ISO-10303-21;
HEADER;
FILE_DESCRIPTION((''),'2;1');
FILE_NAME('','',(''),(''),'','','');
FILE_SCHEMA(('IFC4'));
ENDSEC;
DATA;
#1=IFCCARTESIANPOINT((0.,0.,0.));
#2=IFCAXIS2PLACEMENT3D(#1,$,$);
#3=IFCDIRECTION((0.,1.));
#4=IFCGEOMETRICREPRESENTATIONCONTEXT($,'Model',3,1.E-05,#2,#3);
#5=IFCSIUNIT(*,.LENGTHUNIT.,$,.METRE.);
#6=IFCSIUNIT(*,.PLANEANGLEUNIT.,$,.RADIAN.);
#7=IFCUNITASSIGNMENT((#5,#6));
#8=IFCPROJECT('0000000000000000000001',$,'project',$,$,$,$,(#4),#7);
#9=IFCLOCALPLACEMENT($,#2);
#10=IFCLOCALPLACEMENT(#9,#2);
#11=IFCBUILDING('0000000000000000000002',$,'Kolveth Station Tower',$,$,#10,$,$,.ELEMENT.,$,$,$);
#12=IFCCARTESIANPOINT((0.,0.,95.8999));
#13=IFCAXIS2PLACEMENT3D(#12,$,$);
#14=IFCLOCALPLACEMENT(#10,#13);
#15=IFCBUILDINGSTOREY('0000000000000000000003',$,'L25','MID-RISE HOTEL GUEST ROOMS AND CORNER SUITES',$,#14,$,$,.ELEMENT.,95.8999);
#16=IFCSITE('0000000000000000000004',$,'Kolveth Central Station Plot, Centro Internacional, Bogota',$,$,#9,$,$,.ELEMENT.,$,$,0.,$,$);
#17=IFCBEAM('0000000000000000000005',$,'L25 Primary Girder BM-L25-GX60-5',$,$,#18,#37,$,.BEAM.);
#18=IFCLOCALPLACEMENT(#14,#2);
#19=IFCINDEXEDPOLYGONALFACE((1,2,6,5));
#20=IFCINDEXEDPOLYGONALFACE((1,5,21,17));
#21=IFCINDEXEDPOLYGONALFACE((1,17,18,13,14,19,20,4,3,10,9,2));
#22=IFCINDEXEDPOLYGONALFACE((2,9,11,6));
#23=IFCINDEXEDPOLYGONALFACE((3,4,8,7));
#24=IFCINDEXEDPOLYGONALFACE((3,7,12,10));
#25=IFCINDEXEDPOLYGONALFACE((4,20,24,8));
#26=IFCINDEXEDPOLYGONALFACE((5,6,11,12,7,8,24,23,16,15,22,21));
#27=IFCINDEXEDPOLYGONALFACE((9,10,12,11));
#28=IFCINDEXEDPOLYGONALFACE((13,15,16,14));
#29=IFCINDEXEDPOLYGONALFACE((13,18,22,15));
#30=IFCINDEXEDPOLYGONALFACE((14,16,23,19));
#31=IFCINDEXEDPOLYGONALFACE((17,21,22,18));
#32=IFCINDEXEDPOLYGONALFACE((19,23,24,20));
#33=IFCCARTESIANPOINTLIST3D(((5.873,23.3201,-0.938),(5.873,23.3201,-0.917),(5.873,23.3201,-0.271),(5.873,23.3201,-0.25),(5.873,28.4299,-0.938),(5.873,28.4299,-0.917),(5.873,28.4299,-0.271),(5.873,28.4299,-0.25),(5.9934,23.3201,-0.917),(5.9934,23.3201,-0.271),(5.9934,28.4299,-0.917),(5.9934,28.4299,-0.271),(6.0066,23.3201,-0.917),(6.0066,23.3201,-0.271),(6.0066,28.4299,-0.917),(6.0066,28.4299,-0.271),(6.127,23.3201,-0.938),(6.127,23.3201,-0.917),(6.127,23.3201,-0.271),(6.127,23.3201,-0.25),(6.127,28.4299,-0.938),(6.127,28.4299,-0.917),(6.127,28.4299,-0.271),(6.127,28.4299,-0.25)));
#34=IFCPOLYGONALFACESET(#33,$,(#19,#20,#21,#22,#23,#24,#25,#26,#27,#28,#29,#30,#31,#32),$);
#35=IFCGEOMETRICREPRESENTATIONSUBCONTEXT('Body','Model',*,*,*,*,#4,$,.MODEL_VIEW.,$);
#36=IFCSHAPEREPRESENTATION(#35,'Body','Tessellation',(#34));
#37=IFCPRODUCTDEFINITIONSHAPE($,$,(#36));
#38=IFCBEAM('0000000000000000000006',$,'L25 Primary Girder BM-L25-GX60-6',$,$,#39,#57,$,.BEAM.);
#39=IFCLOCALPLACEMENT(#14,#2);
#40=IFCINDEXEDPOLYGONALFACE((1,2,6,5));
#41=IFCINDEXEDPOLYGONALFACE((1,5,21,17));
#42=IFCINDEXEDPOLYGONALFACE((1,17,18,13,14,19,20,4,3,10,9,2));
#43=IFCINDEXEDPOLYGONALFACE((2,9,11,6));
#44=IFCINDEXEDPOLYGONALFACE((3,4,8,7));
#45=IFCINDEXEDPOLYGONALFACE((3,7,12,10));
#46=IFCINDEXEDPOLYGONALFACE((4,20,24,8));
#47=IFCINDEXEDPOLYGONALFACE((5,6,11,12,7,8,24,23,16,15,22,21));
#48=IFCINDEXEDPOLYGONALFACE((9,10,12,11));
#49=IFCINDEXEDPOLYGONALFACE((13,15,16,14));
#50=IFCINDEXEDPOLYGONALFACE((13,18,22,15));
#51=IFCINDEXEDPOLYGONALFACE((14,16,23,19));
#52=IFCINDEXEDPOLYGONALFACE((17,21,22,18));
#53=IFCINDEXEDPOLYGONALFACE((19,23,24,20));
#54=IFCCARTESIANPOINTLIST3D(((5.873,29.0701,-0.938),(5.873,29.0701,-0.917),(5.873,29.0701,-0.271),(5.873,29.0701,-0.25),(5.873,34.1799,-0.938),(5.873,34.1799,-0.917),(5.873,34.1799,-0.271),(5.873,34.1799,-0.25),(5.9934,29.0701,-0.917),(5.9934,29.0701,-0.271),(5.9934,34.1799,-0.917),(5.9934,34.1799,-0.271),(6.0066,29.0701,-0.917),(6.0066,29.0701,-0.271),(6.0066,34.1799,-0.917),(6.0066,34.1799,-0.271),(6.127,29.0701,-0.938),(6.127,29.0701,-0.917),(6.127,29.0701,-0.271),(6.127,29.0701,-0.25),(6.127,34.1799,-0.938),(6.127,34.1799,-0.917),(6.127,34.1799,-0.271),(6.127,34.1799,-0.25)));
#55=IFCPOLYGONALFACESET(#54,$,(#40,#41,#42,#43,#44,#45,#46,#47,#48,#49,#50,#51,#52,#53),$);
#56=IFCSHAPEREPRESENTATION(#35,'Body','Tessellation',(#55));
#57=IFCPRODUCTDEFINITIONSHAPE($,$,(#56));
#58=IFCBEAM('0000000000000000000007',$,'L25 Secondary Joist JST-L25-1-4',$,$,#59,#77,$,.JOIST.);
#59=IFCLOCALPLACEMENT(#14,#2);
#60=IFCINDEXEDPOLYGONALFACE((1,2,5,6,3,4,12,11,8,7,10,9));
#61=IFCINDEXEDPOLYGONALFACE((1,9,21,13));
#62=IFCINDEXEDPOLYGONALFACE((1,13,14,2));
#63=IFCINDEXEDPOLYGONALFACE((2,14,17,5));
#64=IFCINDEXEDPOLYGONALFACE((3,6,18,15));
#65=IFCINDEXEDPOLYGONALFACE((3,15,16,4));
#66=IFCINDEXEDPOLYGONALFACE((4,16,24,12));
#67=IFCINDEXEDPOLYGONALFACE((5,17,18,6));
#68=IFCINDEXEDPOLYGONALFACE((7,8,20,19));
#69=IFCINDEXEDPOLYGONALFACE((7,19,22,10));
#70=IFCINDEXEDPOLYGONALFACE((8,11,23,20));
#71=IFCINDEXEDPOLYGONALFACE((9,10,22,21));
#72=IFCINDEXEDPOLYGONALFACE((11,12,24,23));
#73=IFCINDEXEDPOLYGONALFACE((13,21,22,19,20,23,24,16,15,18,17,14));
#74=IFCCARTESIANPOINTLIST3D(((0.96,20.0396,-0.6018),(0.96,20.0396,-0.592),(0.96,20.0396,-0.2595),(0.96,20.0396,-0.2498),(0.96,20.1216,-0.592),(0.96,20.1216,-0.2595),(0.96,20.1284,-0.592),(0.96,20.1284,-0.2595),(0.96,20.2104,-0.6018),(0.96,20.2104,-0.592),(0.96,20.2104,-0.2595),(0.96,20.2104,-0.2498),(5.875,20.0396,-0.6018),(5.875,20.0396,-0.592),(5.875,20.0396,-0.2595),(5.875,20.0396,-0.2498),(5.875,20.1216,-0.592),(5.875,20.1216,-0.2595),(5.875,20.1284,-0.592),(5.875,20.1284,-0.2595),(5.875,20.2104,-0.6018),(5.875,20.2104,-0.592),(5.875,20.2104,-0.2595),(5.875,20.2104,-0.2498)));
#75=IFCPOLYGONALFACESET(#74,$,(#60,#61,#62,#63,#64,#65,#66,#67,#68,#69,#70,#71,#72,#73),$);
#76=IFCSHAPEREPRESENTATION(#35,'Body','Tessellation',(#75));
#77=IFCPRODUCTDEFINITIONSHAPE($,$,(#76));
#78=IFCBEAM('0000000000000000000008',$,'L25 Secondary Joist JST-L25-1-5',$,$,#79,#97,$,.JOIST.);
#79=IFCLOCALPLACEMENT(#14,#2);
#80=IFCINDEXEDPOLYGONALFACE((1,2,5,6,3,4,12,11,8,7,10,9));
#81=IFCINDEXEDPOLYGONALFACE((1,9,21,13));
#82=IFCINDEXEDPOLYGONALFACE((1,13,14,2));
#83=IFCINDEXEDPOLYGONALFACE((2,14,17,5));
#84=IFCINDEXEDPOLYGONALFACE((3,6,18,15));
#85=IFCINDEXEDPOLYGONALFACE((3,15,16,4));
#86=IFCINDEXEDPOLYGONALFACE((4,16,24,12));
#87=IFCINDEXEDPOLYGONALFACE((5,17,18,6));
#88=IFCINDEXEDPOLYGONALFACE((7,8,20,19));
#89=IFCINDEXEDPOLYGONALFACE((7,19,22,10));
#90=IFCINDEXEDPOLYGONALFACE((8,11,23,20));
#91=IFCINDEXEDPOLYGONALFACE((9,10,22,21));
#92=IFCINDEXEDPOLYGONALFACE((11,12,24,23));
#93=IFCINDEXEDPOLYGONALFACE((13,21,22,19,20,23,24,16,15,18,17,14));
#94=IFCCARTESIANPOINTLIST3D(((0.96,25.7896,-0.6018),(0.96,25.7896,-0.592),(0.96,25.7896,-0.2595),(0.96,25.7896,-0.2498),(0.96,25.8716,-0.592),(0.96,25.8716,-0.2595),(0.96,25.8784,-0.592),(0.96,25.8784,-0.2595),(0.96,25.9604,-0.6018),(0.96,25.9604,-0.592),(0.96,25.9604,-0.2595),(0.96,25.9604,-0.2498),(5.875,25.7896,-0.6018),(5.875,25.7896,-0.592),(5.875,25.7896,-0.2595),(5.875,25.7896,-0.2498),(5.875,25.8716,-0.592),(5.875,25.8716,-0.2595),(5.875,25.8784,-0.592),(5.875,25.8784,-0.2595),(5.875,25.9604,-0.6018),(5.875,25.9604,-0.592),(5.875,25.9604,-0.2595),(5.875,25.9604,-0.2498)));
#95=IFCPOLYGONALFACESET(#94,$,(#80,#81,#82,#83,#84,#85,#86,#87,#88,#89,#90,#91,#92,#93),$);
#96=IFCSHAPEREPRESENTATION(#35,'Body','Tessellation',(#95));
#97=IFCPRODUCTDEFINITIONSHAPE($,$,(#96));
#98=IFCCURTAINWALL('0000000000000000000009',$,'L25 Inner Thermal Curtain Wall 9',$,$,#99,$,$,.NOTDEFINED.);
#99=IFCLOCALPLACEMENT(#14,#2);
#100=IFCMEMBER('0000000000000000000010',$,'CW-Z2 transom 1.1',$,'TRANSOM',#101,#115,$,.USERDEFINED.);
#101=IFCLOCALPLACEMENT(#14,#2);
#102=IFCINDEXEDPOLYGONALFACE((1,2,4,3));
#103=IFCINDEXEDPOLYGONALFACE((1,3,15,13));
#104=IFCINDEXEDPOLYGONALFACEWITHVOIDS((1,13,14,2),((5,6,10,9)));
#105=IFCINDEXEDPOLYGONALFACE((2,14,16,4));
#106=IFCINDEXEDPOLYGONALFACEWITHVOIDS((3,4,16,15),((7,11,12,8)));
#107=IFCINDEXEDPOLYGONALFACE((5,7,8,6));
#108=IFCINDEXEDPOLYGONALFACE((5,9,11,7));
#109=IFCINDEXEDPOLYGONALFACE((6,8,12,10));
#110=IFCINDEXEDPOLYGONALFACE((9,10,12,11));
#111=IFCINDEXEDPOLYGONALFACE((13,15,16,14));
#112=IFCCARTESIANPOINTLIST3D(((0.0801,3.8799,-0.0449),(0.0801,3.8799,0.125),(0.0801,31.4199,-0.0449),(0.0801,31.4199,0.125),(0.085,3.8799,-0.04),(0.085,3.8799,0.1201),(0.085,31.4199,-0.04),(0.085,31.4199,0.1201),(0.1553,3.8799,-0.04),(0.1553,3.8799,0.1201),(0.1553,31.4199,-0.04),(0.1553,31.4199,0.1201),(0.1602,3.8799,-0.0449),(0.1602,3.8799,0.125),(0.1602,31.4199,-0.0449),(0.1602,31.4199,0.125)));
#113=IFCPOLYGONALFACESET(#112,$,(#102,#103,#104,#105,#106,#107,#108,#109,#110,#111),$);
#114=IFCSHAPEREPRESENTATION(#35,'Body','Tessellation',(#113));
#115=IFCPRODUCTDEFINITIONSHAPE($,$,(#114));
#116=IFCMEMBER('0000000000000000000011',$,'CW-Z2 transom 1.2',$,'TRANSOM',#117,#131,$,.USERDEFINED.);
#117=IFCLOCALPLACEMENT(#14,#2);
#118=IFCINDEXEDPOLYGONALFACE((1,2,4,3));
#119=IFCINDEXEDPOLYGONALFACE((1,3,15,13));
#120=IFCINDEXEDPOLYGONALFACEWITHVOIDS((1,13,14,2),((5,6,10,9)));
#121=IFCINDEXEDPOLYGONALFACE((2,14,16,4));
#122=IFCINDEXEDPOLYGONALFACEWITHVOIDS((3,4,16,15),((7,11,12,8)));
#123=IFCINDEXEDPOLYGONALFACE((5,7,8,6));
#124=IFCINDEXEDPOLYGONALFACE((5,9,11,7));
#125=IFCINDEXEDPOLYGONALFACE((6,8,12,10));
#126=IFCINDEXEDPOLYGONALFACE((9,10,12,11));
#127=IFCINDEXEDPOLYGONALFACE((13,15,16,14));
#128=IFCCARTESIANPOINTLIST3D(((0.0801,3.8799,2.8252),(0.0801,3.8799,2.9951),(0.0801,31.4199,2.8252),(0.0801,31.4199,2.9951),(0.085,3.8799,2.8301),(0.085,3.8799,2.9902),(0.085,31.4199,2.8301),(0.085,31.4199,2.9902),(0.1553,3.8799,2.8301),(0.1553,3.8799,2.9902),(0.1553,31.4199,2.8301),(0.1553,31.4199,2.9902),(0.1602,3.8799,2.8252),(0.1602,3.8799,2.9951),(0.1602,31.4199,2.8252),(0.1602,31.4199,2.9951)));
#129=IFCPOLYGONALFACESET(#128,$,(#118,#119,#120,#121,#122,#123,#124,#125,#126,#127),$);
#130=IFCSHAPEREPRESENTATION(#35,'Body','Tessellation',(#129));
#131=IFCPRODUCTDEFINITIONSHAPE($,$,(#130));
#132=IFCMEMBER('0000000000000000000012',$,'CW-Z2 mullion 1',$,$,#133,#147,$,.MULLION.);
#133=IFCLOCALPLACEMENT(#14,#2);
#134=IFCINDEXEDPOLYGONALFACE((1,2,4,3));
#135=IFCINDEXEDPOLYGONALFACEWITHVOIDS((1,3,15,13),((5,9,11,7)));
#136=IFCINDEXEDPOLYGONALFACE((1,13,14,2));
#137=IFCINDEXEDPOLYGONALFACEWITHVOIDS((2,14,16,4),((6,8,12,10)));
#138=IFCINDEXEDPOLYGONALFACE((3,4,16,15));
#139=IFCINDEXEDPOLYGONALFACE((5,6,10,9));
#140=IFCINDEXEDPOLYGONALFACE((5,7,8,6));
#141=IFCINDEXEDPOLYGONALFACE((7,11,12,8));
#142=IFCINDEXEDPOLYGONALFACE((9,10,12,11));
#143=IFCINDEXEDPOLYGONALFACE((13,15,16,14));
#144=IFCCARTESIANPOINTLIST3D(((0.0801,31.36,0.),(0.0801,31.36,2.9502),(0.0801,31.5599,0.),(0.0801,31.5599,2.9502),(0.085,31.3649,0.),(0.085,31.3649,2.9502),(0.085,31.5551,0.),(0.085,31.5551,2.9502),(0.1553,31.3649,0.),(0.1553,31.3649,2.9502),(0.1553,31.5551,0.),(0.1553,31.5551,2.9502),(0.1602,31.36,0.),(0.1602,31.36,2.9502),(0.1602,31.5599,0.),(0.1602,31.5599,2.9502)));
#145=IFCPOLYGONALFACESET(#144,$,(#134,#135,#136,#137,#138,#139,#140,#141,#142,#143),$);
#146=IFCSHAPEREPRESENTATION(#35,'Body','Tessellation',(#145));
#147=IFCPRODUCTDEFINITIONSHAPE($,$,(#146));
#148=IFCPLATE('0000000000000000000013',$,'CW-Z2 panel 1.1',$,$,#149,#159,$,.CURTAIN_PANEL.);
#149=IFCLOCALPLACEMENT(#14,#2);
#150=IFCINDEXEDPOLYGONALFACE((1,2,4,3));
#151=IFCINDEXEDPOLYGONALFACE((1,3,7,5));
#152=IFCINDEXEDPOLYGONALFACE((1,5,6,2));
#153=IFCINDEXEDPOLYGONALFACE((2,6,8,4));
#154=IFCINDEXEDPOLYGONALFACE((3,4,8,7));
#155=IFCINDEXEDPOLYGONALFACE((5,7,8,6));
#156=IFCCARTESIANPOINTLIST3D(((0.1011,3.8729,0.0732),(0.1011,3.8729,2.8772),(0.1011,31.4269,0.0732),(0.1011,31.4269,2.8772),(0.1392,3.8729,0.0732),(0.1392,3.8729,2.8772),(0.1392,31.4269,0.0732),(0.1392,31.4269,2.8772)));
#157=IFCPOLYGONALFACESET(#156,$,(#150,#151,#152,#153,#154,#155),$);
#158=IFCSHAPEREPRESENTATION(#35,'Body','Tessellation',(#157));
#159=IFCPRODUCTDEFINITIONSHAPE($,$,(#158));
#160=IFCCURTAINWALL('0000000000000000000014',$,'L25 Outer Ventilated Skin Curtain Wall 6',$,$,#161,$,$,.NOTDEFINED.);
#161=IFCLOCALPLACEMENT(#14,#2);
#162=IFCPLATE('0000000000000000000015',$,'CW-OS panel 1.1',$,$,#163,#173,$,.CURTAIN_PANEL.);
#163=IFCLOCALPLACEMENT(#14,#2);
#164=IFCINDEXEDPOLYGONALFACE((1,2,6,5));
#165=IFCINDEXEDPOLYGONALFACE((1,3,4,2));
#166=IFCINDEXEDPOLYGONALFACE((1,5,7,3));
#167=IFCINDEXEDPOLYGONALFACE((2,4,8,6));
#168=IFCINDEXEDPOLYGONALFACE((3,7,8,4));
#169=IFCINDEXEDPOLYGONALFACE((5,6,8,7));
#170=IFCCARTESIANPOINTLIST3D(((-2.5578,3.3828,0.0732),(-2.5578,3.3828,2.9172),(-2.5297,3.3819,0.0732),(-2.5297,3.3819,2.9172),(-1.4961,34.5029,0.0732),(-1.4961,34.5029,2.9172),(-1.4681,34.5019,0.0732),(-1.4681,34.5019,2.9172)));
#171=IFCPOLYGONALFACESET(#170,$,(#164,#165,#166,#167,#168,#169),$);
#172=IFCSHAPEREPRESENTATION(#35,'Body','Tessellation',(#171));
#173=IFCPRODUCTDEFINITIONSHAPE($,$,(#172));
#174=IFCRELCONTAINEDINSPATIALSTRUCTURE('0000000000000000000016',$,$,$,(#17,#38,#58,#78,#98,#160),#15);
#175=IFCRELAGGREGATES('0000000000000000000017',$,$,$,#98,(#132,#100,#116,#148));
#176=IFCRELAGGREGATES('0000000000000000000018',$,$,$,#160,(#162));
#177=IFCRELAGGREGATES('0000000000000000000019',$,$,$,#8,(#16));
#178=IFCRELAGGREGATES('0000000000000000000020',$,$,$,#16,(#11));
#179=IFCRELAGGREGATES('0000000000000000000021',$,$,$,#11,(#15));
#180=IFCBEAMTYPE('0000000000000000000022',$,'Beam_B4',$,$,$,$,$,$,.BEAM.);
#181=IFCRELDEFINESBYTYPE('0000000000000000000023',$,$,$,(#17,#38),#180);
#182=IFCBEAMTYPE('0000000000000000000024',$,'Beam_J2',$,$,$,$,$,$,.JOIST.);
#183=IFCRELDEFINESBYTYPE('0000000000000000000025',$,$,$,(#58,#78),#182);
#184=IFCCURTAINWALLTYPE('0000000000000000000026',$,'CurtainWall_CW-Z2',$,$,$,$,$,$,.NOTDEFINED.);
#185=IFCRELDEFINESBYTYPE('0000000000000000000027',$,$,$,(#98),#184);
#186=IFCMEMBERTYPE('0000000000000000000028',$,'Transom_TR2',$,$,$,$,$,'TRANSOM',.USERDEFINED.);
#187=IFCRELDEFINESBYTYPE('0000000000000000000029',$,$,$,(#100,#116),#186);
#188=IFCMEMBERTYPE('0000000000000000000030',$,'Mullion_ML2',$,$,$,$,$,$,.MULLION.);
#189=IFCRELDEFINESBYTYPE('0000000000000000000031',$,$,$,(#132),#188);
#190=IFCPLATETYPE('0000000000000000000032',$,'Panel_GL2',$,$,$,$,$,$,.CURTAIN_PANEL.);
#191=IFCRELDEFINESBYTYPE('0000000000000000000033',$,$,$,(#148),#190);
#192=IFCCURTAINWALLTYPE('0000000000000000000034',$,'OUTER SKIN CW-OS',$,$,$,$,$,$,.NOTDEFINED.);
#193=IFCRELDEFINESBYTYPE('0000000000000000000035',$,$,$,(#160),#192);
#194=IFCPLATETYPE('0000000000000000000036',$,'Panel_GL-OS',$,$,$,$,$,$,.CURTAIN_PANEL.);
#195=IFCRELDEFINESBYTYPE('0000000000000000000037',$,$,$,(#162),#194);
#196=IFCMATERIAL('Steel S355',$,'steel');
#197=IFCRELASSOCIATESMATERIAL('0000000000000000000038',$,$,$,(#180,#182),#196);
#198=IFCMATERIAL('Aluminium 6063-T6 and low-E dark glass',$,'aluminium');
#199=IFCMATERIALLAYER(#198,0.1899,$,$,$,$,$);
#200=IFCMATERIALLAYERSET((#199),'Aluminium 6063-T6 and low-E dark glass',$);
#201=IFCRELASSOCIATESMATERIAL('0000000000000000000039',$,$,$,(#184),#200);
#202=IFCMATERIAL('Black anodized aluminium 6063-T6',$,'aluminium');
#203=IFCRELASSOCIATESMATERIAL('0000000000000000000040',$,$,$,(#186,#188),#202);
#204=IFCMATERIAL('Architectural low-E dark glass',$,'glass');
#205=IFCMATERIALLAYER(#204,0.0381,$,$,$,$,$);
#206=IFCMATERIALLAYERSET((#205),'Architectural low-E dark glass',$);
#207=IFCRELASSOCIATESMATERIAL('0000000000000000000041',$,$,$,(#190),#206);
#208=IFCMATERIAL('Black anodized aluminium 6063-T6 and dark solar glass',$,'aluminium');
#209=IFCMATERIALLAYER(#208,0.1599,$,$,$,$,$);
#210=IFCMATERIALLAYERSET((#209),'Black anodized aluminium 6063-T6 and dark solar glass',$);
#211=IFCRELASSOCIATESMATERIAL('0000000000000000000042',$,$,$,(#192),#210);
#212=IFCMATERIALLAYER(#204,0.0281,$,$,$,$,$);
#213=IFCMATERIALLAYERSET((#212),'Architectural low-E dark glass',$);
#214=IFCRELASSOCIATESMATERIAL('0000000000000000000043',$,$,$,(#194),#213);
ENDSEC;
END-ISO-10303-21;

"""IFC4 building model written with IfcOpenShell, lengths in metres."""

from ifc_helpers import new_model, si_unit, direction, frame, origin, origin_2d, place, context, subcontext, project, spatial, rectangle, hollow_rectangle, i_section, extrude, source, transform, mapped, material, layer, layer_set, material_profile, profile_set, type_object, element, aggregate, save


model = new_model("IFC4")

# Units and contexts
model_context = context("Model", 3, precision=1e-05, world=origin(), true_north=direction((0.0, 1.0)))
body_context = subcontext(model_context, "Body", "Model", "MODEL_VIEW")
ifc_project = project(units=[si_unit("LENGTHUNIT", "METRE"), si_unit("PLANEANGLEUNIT", "RADIAN")], contexts=[model_context])

# Site, building, storey
site_placement = place(None, origin())
site = spatial("IfcSite", under=ifc_project, at=site_placement, Name="Kolveth Central Station Plot, Centro Internacional, Bogota", CompositionType="ELEMENT", RefElevation=0.0)
building_placement = place(site_placement, origin())
building = spatial("IfcBuilding", under=site, at=building_placement, Name="Kolveth Station Tower", CompositionType="ELEMENT")
storey_placement = place(building_placement, frame((0.0, 0.0, 95.8999)))
storey = spatial("IfcBuildingStorey", under=building, at=storey_placement, Name="L25", Description="MID-RISE HOTEL GUEST ROOMS AND CORNER SUITES", CompositionType="ELEMENT", Elevation=95.8999)

# Beams
ifc_material_1 = material(Name="Steel S355", Category="steel")
ifc_material_profile_1 = material_profile(ifc_material_1, i_section(OverallWidth=0.2539, OverallDepth=0.688, WebThickness=0.0132, FlangeThickness=0.021, at=origin_2d()), Name="W690x152")
ifc_profile_set_1 = profile_set([ifc_material_profile_1], Name="Steel S355")
beam_type_1 = type_object("IfcBeamType", Name="Beam_B4", PredefinedType="BEAM", material=ifc_profile_set_1)
shared_shape_1 = source(origin(), body_context, "Body", "SweptSolid", [
    extrude(i_section(OverallWidth=0.2539, OverallDepth=0.688, WebThickness=0.0132, FlangeThickness=0.021, at=origin_2d()), origin(), (0.0, 0.0, 1.0), 5.1099),
])
for number, where, z_axis, x_axis, name in (
    (1, (6.0, 23.3201, -0.594), (0.0, 1.0, 0.0), (-1.0, 0.0, 0.0), "L25 Primary Girder BM-L25-GX60-5"),
    (2, (6.0, 29.0701, -0.594), (0.0, 1.0, 0.0), (-1.0, 0.0, 0.0), "L25 Primary Girder BM-L25-GX60-6"),
):
    element("IfcBeam", number, at=place(storey_placement, frame(where, z_axis=z_axis, x_axis=x_axis)), inside=storey, type_object=beam_type_1, Name=name, PredefinedType="BEAM", context=body_context, shape_type="MappedRepresentation", body=[
        mapped(shared_shape_1, transform((0.0, 0.0, 0.0), x_axis=(1.0, 0.0, 0.0), y_axis=(0.0, 1.0, 0.0), z_axis=(0.0, 0.0, 1.0), scale=1.0)),
    ])
ifc_material_profile_2 = material_profile(ifc_material_1, i_section(OverallWidth=0.1709, OverallDepth=0.3521, WebThickness=0.0068, FlangeThickness=0.0098, at=origin_2d()), Name="W360x44")
ifc_profile_set_2 = profile_set([ifc_material_profile_2], Name="Steel S355")
beam_type_2 = type_object("IfcBeamType", Name="Beam_J2", PredefinedType="JOIST", material=ifc_profile_set_2)
shared_shape_2 = source(origin(), body_context, "Body", "SweptSolid", [
    extrude(i_section(OverallWidth=0.1709, OverallDepth=0.3521, WebThickness=0.0068, FlangeThickness=0.0098, at=origin_2d()), origin(), (0.0, 0.0, 1.0), 4.915),
])
for number, where, z_axis, x_axis, name in (
    (3, (0.96, 20.125, -0.4258), (1.0, 0.0, 0.0), (0.0, 1.0, 0.0), "L25 Secondary Joist JST-L25-1-4"),
    (4, (0.96, 25.875, -0.4258), (1.0, 0.0, 0.0), (0.0, 1.0, 0.0), "L25 Secondary Joist JST-L25-1-5"),
):
    element("IfcBeam", number, at=place(storey_placement, frame(where, z_axis=z_axis, x_axis=x_axis)), inside=storey, type_object=beam_type_2, Name=name, PredefinedType="JOIST", context=body_context, shape_type="MappedRepresentation", body=[
        mapped(shared_shape_2, transform((0.0, 0.0, 0.0), x_axis=(1.0, 0.0, 0.0), y_axis=(0.0, 1.0, 0.0), z_axis=(0.0, 0.0, 1.0), scale=1.0)),
    ])

# Curtain wall, members, plate
ifc_material_2 = material(Name="Aluminium 6063-T6 and low-E dark glass", Category="aluminium")
ifc_layer_1 = layer(ifc_material_2, 0.1899)
ifc_layer_set_1 = layer_set([ifc_layer_1], Name="Aluminium 6063-T6 and low-E dark glass")
curtain_wall_type_1 = type_object("IfcCurtainWallType", Name="CurtainWall_CW-Z2", PredefinedType="NOTDEFINED", material=ifc_layer_set_1)
curtain_wall_1_placement = place(storey_placement, origin())
curtain_wall_1 = element("IfcCurtainWall", 5, at=curtain_wall_1_placement, inside=storey, type_object=curtain_wall_type_1, Name="L25 Inner Thermal Curtain Wall 9", PredefinedType="NOTDEFINED")
ifc_material_3 = material(Name="Black anodized aluminium 6063-T6", Category="aluminium")
ifc_material_profile_3 = material_profile(ifc_material_3, hollow_rectangle(XDim=0.0801, YDim=0.1699, WallThickness=0.0049, at=origin_2d()), Name="ALU-80x170x5")
ifc_profile_set_3 = profile_set([ifc_material_profile_3], Name="Black anodized aluminium 6063-T6")
member_type_1 = type_object("IfcMemberType", Name="Transom_TR2", ElementType="TRANSOM", PredefinedType="USERDEFINED", material=ifc_profile_set_3)
shared_shape_3 = source(origin(), body_context, "Body", "SweptSolid", [
    extrude(hollow_rectangle(XDim=0.0801, YDim=0.1699, WallThickness=0.0049, at=origin_2d()), origin(), (0.0, 0.0, 1.0), 27.54),
])
member_1_placement = place(storey_placement, frame((0.1201, 31.4199, 0.04), z_axis=(0.0, -1.0, 0.0), x_axis=(1.0, 0.0, 0.0)))
member_1 = element("IfcMember", 6, at=member_1_placement, type_object=member_type_1, Name="CW-Z2 transom 1.1", ObjectType="TRANSOM", PredefinedType="USERDEFINED", context=body_context, shape_type="MappedRepresentation", body=[
    mapped(shared_shape_3, transform((0.0, 0.0, 0.0), x_axis=(1.0, 0.0, 0.0), y_axis=(0.0, 1.0, 0.0), z_axis=(0.0, 0.0, 1.0), scale=1.0)),
])
member_2_placement = place(storey_placement, frame((0.1201, 31.4199, 2.9102), z_axis=(0.0, -1.0, 0.0), x_axis=(1.0, 0.0, 0.0)))
member_2 = element("IfcMember", 7, at=member_2_placement, type_object=member_type_1, Name="CW-Z2 transom 1.2", ObjectType="TRANSOM", PredefinedType="USERDEFINED", context=body_context, shape_type="MappedRepresentation", body=[
    mapped(shared_shape_3, transform((0.0, 0.0, 0.0), x_axis=(1.0, 0.0, 0.0), y_axis=(0.0, 1.0, 0.0), z_axis=(0.0, 0.0, 1.0), scale=1.0)),
])
ifc_material_profile_4 = material_profile(ifc_material_3, hollow_rectangle(XDim=0.0801, YDim=0.2, WallThickness=0.0049, at=origin_2d()), Name="ALU-80x200x5")
ifc_profile_set_4 = profile_set([ifc_material_profile_4], Name="Black anodized aluminium 6063-T6")
member_type_2 = type_object("IfcMemberType", Name="Mullion_ML2", PredefinedType="MULLION", material=ifc_profile_set_4)
shared_shape_4 = source(origin(), body_context, "Body", "SweptSolid", [
    extrude(hollow_rectangle(XDim=0.0801, YDim=0.2, WallThickness=0.0049, at=origin_2d()), origin(), (0.0, 0.0, 1.0), 2.9502),
])
member_3_placement = place(storey_placement, frame((0.1201, 31.46, 0.0), z_axis=(0.0, 0.0, 1.0), x_axis=(1.0, 0.0, 0.0)))
member_3 = element("IfcMember", 8, at=member_3_placement, type_object=member_type_2, Name="CW-Z2 mullion 1", PredefinedType="MULLION", context=body_context, shape_type="MappedRepresentation", body=[
    mapped(shared_shape_4, transform((0.0, 0.0, 0.0), x_axis=(1.0, 0.0, 0.0), y_axis=(0.0, 1.0, 0.0), z_axis=(0.0, 0.0, 1.0), scale=1.0)),
])
ifc_material_4 = material(Name="Architectural low-E dark glass", Category="glass")
ifc_layer_2 = layer(ifc_material_4, 0.0381)
ifc_layer_set_2 = layer_set([ifc_layer_2], Name="Architectural low-E dark glass")
plate_type_1 = type_object("IfcPlateType", Name="Panel_GL2", PredefinedType="CURTAIN_PANEL", material=ifc_layer_set_2)
shared_shape_5 = source(origin(), body_context, "Body", "SweptSolid", [
    extrude(rectangle(XDim=27.554, YDim=0.0381, at=origin_2d()), origin(), (0.0, 0.0, 1.0), 2.804),
])
plate_1_placement = place(storey_placement, frame((0.1201, 17.6499, 0.0732), z_axis=(0.0, 0.0, 1.0), x_axis=(0.0, -1.0, 0.0)))
plate_1 = element("IfcPlate", 9, at=plate_1_placement, type_object=plate_type_1, Name="CW-Z2 panel 1.1", PredefinedType="CURTAIN_PANEL", context=body_context, shape_type="MappedRepresentation", body=[
    mapped(shared_shape_5, transform((0.0, 0.0, 0.0), x_axis=(1.0, 0.0, 0.0), y_axis=(0.0, 1.0, 0.0), z_axis=(0.0, 0.0, 1.0), scale=1.0)),
])
aggregate(curtain_wall_1, [member_3, member_1, member_2, plate_1])

# Curtain wall, plate
ifc_material_5 = material(Name="Black anodized aluminium 6063-T6 and dark solar glass", Category="aluminium")
ifc_layer_3 = layer(ifc_material_5, 0.1599)
ifc_layer_set_3 = layer_set([ifc_layer_3], Name="Black anodized aluminium 6063-T6 and dark solar glass")
curtain_wall_type_2 = type_object("IfcCurtainWallType", Name="OUTER SKIN CW-OS", PredefinedType="NOTDEFINED", material=ifc_layer_set_3)
curtain_wall_2_placement = place(storey_placement, origin())
curtain_wall_2 = element("IfcCurtainWall", 10, at=curtain_wall_2_placement, inside=storey, type_object=curtain_wall_type_2, Name="L25 Outer Ventilated Skin Curtain Wall 6", PredefinedType="NOTDEFINED")
ifc_layer_4 = layer(ifc_material_4, 0.0281)
ifc_layer_set_4 = layer_set([ifc_layer_4], Name="Architectural low-E dark glass")
plate_type_2 = type_object("IfcPlateType", Name="Panel_GL-OS", PredefinedType="CURTAIN_PANEL", material=ifc_layer_set_4)
shared_shape_6 = source(origin(), body_context, "Body", "SweptSolid", [
    extrude(rectangle(XDim=31.1382, YDim=0.0281, at=origin_2d()), origin(), (0.0, 0.0, 1.0), 2.844),
])
plate_2_placement = place(storey_placement, frame((-2.0129, 18.9424, 0.0732), z_axis=(0.0, 0.0, 1.0), x_axis=(-0.034094, -0.999419, 0.0)))
plate_2 = element("IfcPlate", 11, at=plate_2_placement, type_object=plate_type_2, Name="CW-OS panel 1.1", PredefinedType="CURTAIN_PANEL", context=body_context, shape_type="MappedRepresentation", body=[
    mapped(shared_shape_6, transform((0.0, 0.0, 0.0), x_axis=(1.0, 0.0, 0.0), y_axis=(0.0, 1.0, 0.0), z_axis=(0.0, 0.0, 1.0), scale=1.0)),
])
aggregate(curtain_wall_2, [plate_2])

save(model, "model.ifc")
